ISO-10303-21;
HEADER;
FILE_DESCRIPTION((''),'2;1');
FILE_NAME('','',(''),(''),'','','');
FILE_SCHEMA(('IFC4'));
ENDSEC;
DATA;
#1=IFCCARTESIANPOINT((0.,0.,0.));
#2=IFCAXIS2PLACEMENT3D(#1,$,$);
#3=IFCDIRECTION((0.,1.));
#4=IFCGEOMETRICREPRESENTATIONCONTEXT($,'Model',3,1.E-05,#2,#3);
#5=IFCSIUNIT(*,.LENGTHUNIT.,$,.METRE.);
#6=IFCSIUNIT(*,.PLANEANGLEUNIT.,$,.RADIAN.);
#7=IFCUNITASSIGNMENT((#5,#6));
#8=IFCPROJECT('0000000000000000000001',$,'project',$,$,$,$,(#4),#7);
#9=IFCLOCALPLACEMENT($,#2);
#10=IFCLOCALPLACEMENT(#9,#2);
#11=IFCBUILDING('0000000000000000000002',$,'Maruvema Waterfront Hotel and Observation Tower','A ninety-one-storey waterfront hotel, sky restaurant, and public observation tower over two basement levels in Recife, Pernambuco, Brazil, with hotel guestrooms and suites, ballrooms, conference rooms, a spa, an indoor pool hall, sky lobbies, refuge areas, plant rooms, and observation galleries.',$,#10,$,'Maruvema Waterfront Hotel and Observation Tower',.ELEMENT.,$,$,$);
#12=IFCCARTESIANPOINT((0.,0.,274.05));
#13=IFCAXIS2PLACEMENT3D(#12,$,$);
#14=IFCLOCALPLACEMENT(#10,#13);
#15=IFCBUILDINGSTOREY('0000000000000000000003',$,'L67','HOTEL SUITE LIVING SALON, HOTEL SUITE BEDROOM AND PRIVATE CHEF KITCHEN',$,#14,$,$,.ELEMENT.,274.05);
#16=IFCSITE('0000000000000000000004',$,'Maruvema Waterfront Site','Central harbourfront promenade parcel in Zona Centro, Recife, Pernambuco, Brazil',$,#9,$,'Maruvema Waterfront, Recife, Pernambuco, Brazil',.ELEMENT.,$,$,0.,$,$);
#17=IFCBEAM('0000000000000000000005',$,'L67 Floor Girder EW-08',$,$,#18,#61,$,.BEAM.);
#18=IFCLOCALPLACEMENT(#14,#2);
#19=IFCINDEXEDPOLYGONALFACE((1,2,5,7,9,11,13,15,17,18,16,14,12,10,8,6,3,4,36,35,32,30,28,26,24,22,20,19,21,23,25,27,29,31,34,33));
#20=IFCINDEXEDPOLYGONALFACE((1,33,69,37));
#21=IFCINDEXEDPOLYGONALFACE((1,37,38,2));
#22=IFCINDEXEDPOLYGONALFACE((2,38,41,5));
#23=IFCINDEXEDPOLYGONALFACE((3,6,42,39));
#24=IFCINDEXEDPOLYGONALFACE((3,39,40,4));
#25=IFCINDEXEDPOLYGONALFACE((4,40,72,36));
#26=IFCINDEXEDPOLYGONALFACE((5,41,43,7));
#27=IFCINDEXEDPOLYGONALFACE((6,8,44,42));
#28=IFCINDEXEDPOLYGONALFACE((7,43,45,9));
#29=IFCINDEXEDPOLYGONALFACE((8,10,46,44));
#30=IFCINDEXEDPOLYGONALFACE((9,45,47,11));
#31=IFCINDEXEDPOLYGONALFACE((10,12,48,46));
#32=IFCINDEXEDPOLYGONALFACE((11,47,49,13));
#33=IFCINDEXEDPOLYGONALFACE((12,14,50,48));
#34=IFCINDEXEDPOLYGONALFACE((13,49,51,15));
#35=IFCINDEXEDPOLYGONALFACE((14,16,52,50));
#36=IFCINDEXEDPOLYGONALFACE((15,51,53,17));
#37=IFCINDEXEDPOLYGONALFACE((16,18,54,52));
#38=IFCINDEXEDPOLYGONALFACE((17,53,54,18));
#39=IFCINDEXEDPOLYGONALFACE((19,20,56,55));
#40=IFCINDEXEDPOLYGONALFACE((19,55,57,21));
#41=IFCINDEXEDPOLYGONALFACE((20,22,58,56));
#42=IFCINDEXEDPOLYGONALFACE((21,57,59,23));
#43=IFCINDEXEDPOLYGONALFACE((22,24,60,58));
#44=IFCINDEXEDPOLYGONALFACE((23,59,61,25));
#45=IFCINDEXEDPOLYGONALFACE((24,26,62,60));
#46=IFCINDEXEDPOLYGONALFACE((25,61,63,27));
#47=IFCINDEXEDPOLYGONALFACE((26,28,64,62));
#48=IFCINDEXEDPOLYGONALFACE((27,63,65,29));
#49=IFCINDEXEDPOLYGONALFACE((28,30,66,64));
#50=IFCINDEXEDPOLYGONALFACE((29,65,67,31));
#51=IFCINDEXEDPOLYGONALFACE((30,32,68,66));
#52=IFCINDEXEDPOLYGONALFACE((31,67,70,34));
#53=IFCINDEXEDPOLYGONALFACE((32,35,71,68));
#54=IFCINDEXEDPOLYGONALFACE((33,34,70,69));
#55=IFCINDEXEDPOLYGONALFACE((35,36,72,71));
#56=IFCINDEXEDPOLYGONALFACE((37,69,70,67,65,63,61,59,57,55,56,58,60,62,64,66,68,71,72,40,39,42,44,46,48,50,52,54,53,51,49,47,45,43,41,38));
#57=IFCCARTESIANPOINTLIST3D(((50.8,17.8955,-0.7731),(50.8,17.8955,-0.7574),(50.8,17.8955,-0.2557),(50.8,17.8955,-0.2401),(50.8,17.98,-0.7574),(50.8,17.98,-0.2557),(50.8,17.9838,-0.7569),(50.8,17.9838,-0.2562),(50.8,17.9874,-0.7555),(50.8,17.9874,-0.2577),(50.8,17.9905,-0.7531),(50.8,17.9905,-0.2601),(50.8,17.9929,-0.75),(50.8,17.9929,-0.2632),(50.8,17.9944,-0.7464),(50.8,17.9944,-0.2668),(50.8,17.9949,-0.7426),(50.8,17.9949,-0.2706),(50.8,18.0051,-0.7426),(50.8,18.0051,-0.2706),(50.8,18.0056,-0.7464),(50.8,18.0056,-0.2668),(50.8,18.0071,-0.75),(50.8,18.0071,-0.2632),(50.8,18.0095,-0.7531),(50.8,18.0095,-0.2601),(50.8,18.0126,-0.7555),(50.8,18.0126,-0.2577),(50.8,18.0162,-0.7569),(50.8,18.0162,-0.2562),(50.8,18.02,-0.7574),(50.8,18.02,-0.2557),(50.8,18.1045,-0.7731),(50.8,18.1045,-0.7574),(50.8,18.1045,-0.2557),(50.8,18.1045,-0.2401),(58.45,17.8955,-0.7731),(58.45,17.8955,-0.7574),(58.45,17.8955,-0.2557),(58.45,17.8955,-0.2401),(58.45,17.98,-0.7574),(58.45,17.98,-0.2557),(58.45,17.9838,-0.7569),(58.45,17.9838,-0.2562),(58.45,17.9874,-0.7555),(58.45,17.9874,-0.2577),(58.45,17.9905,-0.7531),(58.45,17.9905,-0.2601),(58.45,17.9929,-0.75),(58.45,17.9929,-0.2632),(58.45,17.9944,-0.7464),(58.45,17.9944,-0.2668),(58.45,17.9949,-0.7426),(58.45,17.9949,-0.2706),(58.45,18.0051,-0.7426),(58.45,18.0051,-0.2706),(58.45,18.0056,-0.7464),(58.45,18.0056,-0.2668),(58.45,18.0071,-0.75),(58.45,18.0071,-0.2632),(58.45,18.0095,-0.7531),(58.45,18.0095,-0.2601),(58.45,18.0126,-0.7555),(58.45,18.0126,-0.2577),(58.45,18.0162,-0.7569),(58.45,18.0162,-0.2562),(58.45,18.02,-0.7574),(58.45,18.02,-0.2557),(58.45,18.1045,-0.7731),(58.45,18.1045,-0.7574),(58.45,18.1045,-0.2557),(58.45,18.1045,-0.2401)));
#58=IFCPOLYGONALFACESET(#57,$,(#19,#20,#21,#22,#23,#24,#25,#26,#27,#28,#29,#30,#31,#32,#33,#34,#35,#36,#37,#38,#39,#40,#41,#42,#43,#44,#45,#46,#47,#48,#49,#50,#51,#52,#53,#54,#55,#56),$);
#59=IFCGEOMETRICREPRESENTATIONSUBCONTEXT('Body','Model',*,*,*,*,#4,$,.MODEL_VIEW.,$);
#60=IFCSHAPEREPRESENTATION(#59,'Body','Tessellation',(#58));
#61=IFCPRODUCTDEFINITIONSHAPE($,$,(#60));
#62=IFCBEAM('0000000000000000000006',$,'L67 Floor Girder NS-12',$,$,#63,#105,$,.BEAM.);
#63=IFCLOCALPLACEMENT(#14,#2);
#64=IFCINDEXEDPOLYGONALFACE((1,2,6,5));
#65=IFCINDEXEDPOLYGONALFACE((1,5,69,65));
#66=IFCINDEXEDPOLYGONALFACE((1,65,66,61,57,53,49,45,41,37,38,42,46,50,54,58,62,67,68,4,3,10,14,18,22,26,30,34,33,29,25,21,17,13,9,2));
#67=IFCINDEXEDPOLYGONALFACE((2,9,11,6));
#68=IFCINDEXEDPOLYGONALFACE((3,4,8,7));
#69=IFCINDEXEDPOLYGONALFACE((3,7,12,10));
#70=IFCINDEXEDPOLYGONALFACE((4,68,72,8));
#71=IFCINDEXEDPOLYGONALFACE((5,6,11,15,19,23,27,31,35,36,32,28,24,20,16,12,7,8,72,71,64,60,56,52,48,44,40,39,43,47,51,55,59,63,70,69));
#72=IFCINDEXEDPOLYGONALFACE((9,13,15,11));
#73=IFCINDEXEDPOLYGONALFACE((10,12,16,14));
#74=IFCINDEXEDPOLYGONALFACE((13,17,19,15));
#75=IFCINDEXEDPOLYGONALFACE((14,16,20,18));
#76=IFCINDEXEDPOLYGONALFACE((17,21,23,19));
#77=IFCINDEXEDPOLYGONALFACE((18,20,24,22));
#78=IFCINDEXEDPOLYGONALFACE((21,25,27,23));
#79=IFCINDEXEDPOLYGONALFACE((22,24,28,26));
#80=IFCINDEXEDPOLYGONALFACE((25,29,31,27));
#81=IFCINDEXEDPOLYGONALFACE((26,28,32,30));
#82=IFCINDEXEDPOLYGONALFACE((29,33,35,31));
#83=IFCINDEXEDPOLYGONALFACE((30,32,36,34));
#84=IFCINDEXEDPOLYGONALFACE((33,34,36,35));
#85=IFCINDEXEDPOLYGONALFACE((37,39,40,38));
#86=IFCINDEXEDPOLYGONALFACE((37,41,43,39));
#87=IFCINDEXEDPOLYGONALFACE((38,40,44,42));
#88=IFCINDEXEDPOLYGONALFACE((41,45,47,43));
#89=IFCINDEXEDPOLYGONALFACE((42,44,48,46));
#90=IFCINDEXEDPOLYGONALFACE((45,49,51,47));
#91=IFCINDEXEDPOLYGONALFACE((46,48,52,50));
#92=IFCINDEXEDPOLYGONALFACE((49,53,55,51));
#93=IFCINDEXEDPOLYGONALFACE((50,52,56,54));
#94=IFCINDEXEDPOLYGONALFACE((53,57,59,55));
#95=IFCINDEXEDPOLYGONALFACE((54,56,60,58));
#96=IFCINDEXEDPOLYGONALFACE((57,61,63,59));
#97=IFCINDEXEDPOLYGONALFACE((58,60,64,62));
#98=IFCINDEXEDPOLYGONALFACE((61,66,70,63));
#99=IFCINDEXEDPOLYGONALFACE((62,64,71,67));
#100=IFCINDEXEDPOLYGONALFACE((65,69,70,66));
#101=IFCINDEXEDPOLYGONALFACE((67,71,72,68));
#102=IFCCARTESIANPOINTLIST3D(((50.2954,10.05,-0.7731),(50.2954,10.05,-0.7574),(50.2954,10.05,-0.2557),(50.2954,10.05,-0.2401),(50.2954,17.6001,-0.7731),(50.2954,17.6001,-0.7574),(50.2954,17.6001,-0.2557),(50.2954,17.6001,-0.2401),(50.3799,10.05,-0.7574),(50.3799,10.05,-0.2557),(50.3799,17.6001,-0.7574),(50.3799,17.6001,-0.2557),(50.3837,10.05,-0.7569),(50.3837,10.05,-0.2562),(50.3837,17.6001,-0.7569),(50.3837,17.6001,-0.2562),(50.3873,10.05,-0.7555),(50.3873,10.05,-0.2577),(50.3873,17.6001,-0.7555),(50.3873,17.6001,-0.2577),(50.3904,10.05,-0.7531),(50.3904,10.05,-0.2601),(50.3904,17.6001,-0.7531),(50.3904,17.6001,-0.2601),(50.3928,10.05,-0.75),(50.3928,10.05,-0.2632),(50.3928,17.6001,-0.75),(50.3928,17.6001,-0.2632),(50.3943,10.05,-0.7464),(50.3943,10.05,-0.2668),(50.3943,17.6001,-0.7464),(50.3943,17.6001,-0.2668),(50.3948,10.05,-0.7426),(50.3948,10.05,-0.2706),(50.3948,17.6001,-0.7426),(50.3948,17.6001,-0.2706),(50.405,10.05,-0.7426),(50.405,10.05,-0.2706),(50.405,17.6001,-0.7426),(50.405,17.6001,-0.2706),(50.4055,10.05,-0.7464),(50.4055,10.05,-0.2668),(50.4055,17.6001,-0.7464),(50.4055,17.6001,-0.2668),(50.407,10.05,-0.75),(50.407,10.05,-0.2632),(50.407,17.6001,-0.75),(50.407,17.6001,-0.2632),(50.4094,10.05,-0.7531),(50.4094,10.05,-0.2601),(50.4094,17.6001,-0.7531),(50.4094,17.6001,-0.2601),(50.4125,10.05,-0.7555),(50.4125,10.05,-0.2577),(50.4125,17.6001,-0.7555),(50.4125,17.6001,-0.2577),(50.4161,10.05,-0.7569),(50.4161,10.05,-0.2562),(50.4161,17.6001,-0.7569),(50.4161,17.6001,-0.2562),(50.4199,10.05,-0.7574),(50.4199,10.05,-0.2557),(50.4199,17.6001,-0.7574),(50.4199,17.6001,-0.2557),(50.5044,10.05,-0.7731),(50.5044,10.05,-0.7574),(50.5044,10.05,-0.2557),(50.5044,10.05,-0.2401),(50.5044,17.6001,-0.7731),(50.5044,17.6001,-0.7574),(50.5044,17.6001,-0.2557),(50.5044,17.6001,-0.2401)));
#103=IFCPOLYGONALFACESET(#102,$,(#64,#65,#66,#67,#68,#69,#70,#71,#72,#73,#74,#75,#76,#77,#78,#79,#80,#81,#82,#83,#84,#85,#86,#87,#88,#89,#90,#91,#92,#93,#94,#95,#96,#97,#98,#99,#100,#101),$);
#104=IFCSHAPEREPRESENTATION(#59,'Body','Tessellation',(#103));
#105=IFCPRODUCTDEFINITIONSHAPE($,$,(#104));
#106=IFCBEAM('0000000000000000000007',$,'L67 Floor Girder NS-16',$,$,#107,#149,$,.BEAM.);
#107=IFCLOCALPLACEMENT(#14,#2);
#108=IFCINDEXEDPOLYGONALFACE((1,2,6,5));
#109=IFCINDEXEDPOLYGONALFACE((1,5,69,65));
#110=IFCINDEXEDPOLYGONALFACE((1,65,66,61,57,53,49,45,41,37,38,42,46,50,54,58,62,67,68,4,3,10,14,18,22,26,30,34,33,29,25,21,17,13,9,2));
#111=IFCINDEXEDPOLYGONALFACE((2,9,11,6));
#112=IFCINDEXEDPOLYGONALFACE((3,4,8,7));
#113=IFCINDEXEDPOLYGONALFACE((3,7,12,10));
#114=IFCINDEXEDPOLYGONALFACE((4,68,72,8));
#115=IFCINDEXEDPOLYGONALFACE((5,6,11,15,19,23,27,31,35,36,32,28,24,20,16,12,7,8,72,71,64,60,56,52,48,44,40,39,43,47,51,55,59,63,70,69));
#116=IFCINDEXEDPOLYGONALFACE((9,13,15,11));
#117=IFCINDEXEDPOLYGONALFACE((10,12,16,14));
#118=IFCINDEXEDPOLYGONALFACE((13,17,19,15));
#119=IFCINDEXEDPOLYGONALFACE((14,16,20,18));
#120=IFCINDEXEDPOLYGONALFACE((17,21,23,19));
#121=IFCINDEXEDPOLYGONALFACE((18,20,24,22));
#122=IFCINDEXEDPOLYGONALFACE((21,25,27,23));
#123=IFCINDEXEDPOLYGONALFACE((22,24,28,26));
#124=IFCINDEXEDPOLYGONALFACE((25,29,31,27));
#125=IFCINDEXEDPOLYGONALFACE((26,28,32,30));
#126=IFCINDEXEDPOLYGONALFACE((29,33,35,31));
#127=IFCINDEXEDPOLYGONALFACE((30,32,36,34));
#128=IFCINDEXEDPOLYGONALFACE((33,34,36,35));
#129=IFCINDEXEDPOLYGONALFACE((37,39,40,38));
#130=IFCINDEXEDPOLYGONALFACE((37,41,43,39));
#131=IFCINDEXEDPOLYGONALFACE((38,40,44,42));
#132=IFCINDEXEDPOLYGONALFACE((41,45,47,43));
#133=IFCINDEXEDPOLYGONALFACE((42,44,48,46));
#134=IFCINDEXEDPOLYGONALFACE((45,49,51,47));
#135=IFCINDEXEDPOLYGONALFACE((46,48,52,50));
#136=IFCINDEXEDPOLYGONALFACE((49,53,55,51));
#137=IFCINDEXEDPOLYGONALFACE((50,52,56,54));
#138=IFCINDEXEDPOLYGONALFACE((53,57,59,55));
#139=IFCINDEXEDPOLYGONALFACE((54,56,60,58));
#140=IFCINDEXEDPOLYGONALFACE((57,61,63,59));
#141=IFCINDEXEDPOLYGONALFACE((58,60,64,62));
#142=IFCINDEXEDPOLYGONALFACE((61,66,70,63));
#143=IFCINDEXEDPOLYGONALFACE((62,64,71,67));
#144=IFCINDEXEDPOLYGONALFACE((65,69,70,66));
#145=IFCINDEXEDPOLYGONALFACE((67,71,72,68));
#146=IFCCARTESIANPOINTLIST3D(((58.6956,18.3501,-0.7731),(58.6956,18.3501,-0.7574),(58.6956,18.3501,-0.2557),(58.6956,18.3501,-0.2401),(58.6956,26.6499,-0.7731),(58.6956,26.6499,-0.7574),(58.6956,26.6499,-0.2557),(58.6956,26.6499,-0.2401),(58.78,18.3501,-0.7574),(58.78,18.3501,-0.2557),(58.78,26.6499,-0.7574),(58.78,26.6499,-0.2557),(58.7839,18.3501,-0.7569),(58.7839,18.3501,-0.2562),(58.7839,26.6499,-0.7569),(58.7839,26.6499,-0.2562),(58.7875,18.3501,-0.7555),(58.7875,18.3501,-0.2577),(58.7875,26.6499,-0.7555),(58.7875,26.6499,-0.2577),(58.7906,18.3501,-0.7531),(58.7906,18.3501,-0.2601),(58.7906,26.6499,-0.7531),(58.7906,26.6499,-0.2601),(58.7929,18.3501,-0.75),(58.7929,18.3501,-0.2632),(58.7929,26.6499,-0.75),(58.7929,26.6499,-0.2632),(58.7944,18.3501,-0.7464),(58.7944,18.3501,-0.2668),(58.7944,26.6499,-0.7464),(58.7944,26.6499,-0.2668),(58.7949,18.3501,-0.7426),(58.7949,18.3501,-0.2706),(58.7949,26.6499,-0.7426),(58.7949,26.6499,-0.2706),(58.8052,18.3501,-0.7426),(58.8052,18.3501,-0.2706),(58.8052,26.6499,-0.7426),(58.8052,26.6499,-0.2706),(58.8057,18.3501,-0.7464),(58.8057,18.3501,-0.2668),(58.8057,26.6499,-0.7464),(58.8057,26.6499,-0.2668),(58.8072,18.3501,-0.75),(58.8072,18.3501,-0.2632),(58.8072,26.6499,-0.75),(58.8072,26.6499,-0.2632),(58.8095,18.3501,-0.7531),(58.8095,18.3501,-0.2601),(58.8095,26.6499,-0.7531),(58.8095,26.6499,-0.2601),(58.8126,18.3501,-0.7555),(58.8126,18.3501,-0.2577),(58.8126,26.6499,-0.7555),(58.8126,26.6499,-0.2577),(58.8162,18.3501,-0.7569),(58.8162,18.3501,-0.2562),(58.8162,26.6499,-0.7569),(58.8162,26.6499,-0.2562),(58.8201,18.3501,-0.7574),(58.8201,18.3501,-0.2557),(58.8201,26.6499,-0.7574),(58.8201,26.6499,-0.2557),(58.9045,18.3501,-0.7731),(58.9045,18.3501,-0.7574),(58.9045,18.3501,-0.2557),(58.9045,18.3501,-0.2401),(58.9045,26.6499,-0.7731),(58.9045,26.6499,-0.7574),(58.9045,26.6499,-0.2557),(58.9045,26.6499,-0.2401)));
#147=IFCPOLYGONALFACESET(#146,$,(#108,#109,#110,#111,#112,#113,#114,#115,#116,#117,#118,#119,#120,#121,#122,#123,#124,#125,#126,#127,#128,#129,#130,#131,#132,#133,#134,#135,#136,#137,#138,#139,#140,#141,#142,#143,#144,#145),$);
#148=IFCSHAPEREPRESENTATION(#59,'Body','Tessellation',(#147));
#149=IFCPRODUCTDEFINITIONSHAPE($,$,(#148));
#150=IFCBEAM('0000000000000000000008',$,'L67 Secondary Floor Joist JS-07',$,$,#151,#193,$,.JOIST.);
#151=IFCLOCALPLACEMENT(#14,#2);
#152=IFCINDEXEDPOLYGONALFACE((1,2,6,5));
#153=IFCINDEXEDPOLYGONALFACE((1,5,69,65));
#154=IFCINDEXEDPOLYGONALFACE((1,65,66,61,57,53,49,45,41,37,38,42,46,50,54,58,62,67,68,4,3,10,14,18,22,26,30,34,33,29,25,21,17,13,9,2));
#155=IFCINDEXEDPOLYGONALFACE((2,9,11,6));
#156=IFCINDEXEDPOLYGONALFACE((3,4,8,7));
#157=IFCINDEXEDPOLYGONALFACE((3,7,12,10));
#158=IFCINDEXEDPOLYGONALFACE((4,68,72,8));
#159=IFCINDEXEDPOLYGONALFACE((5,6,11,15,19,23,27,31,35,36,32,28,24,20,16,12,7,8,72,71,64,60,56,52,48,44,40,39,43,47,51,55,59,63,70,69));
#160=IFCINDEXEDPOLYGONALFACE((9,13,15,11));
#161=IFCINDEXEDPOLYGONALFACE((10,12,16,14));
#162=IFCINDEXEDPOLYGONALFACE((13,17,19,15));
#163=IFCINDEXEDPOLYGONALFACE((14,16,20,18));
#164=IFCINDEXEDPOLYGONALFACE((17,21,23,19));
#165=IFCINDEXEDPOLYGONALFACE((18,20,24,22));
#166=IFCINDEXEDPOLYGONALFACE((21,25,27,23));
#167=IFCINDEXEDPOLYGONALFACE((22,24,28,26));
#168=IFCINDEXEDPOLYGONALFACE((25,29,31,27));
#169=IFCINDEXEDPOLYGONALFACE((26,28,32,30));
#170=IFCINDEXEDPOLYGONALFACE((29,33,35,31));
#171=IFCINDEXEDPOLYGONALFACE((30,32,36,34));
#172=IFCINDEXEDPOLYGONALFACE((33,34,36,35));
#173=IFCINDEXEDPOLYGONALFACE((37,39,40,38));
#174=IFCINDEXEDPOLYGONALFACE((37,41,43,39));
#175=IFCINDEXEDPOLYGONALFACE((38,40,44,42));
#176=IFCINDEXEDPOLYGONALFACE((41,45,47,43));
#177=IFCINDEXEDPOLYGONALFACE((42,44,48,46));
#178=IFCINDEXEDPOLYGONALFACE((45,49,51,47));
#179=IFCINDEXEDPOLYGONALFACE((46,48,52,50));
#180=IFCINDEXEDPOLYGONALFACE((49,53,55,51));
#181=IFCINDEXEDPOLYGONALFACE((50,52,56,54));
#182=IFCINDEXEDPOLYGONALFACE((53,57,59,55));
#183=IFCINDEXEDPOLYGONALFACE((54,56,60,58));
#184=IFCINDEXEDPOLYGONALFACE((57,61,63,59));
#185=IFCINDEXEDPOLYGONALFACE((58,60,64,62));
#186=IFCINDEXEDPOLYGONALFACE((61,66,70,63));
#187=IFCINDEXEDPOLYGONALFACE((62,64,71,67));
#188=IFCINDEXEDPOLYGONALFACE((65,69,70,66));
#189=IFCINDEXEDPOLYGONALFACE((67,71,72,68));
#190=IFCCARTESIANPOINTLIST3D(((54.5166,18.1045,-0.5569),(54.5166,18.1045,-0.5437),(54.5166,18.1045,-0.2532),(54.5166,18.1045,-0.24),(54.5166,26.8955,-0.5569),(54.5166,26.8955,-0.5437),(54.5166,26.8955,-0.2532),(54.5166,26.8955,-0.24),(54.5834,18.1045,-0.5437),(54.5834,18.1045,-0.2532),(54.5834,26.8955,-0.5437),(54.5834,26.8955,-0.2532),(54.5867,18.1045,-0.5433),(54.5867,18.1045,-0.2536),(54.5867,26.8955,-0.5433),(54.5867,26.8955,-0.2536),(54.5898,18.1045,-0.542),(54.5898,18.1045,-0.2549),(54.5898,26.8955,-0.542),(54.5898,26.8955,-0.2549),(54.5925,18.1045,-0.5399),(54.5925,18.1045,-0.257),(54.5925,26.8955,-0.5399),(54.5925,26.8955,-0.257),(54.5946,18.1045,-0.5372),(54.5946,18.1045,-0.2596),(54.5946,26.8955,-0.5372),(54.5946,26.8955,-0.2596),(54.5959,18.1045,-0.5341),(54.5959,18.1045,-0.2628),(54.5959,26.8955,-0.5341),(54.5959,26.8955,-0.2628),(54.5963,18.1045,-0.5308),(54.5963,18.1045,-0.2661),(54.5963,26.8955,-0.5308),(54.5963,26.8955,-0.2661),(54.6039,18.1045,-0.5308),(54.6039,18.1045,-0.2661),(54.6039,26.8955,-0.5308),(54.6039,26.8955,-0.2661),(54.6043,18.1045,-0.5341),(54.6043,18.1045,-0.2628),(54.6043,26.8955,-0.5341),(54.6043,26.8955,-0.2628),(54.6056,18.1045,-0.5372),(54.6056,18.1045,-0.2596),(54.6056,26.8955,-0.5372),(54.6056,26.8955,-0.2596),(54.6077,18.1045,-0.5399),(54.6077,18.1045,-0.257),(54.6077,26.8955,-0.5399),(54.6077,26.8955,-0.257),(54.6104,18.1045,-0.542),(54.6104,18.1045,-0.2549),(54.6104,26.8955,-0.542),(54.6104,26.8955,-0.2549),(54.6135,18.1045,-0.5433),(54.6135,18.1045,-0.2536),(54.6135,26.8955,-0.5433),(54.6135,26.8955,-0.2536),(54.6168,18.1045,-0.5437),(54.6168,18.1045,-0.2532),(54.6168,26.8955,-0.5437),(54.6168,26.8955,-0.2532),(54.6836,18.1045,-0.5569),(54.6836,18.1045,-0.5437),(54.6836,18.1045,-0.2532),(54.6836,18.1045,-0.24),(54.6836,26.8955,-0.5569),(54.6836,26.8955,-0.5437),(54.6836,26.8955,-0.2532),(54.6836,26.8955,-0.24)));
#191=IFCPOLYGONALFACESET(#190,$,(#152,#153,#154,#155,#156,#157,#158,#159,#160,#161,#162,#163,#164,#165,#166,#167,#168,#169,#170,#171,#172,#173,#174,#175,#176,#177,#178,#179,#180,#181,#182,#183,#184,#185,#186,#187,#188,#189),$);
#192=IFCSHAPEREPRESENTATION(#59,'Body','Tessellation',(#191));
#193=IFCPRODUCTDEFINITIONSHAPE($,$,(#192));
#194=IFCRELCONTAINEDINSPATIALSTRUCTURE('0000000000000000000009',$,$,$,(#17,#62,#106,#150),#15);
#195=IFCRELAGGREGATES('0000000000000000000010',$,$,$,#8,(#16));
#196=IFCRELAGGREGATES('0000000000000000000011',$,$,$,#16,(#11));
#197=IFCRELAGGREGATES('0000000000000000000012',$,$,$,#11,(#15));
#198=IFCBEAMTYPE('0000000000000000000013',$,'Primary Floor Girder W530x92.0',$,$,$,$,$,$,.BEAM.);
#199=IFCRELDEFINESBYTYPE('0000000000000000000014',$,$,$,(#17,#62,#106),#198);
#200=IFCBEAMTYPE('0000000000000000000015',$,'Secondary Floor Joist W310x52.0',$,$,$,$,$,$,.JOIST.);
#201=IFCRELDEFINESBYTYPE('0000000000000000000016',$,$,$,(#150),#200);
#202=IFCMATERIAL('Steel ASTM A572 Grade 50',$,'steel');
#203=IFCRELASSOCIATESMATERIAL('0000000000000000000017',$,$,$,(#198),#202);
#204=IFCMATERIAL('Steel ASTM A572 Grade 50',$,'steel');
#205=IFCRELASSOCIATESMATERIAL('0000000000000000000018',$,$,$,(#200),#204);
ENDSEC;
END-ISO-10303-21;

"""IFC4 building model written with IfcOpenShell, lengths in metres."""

from ifc_helpers import new_model, si_unit, direction, frame, origin, origin_2d, place, context, subcontext, project, spatial, i_section, extrude, material, material_profile, profile_set, type_object, element, save


model = new_model("IFC4")

# Units and contexts
model_context = context("Model", 3, precision=1e-05, world=origin(), true_north=direction((0.0, 1.0)))
body_context = subcontext(model_context, "Body", "Model", "MODEL_VIEW")
ifc_project = project(units=[si_unit("LENGTHUNIT", "METRE"), si_unit("PLANEANGLEUNIT", "RADIAN")], contexts=[model_context])

# Site, building, storey
site_placement = place(None, origin())
site = spatial("IfcSite", under=ifc_project, at=site_placement, Name="Maruvema Waterfront Site", Description="Central harbourfront promenade parcel in Zona Centro, Recife, Pernambuco, Brazil", LongName="Maruvema Waterfront, Recife, Pernambuco, Brazil", CompositionType="ELEMENT", RefElevation=0.0)
building_placement = place(site_placement, origin())
building = spatial("IfcBuilding", under=site, at=building_placement, Name="Maruvema Waterfront Hotel and Observation Tower", Description="A ninety-one-storey waterfront hotel, sky restaurant, and public observation tower over two basement levels in Recife, Pernambuco, Brazil, with hotel guestrooms and suites, ballrooms, conference rooms, a spa, an indoor pool hall, sky lobbies, refuge areas, plant rooms, and observation galleries.", LongName="Maruvema Waterfront Hotel and Observation Tower", CompositionType="ELEMENT")
storey_placement = place(building_placement, frame((0.0, 0.0, 274.05)))
storey = spatial("IfcBuildingStorey", under=building, at=storey_placement, Name="L67", Description="HOTEL SUITE LIVING SALON, HOTEL SUITE BEDROOM AND PRIVATE CHEF KITCHEN", CompositionType="ELEMENT", Elevation=274.05)

# Beams
ifc_material_1 = material(Name="Steel ASTM A572 Grade 50", Category="steel")
ifc_material_profile_1 = material_profile(ifc_material_1, i_section(OverallWidth=0.209, OverallDepth=0.533, WebThickness=0.0103, FlangeThickness=0.0156, FilletRadius=0.0149, at=origin_2d()), Name="W530x92.0")
ifc_profile_set_1 = profile_set([ifc_material_profile_1], Name="Steel ASTM A572 Grade 50")
beam_type_1 = type_object("IfcBeamType", Name="Primary Floor Girder W530x92.0", PredefinedType="BEAM", material=ifc_profile_set_1)
beam_1_placement = place(storey_placement, frame((50.8, 18.0, -0.5066), z_axis=(1.0, 0.0, 0.0), x_axis=(0.0, 1.0, 0.0)))
element("IfcBeam", 1, at=beam_1_placement, inside=storey, type_object=beam_type_1, Name="L67 Floor Girder EW-08", PredefinedType="BEAM", context=body_context, shape_type="SweptSolid", body=[
    extrude(i_section(OverallWidth=0.209, OverallDepth=0.533, WebThickness=0.0103, FlangeThickness=0.0156, FilletRadius=0.0149, at=origin_2d()), origin(), (0.0, 0.0, 1.0), 7.6499),
])
beam_2_placement = place(storey_placement, frame((50.3999, 10.05, -0.5066), z_axis=(0.0, 1.0, 0.0), x_axis=(-1.0, 0.0, 0.0)))
element("IfcBeam", 2, at=beam_2_placement, inside=storey, type_object=beam_type_1, Name="L67 Floor Girder NS-12", PredefinedType="BEAM", context=body_context, shape_type="SweptSolid", body=[
    extrude(i_section(OverallWidth=0.209, OverallDepth=0.533, WebThickness=0.0103, FlangeThickness=0.0156, FilletRadius=0.0149, at=origin_2d()), origin(), (0.0, 0.0, 1.0), 7.55),
])
beam_3_placement = place(storey_placement, frame((58.8, 18.3501, -0.5066), z_axis=(0.0, 1.0, 0.0), x_axis=(-1.0, 0.0, 0.0)))
element("IfcBeam", 3, at=beam_3_placement, inside=storey, type_object=beam_type_1, Name="L67 Floor Girder NS-16", PredefinedType="BEAM", context=body_context, shape_type="SweptSolid", body=[
    extrude(i_section(OverallWidth=0.209, OverallDepth=0.533, WebThickness=0.0103, FlangeThickness=0.0156, FilletRadius=0.0149, at=origin_2d()), origin(), (0.0, 0.0, 1.0), 8.2998),
])
ifc_material_2 = material(Name="Steel ASTM A572 Grade 50", Category="steel")
ifc_material_profile_2 = material_profile(ifc_material_2, i_section(OverallWidth=0.167, OverallDepth=0.3169, WebThickness=0.0076, FlangeThickness=0.0132, FilletRadius=0.0129, at=origin_2d()), Name="W310x52.0")
ifc_profile_set_2 = profile_set([ifc_material_profile_2], Name="Steel ASTM A572 Grade 50")
beam_type_2 = type_object("IfcBeamType", Name="Secondary Floor Joist W310x52.0", PredefinedType="JOIST", material=ifc_profile_set_2)
beam_4_placement = place(storey_placement, frame((54.6001, 18.1045, -0.3984), z_axis=(0.0, 1.0, 0.0), x_axis=(-1.0, 0.0, 0.0)))
element("IfcBeam", 4, at=beam_4_placement, inside=storey, type_object=beam_type_2, Name="L67 Secondary Floor Joist JS-07", PredefinedType="JOIST", context=body_context, shape_type="SweptSolid", body=[
    extrude(i_section(OverallWidth=0.167, OverallDepth=0.3169, WebThickness=0.0076, FlangeThickness=0.0132, FilletRadius=0.0129, at=origin_2d()), origin(), (0.0, 0.0, 1.0), 8.791),
])

save(model, "model.ifc")
